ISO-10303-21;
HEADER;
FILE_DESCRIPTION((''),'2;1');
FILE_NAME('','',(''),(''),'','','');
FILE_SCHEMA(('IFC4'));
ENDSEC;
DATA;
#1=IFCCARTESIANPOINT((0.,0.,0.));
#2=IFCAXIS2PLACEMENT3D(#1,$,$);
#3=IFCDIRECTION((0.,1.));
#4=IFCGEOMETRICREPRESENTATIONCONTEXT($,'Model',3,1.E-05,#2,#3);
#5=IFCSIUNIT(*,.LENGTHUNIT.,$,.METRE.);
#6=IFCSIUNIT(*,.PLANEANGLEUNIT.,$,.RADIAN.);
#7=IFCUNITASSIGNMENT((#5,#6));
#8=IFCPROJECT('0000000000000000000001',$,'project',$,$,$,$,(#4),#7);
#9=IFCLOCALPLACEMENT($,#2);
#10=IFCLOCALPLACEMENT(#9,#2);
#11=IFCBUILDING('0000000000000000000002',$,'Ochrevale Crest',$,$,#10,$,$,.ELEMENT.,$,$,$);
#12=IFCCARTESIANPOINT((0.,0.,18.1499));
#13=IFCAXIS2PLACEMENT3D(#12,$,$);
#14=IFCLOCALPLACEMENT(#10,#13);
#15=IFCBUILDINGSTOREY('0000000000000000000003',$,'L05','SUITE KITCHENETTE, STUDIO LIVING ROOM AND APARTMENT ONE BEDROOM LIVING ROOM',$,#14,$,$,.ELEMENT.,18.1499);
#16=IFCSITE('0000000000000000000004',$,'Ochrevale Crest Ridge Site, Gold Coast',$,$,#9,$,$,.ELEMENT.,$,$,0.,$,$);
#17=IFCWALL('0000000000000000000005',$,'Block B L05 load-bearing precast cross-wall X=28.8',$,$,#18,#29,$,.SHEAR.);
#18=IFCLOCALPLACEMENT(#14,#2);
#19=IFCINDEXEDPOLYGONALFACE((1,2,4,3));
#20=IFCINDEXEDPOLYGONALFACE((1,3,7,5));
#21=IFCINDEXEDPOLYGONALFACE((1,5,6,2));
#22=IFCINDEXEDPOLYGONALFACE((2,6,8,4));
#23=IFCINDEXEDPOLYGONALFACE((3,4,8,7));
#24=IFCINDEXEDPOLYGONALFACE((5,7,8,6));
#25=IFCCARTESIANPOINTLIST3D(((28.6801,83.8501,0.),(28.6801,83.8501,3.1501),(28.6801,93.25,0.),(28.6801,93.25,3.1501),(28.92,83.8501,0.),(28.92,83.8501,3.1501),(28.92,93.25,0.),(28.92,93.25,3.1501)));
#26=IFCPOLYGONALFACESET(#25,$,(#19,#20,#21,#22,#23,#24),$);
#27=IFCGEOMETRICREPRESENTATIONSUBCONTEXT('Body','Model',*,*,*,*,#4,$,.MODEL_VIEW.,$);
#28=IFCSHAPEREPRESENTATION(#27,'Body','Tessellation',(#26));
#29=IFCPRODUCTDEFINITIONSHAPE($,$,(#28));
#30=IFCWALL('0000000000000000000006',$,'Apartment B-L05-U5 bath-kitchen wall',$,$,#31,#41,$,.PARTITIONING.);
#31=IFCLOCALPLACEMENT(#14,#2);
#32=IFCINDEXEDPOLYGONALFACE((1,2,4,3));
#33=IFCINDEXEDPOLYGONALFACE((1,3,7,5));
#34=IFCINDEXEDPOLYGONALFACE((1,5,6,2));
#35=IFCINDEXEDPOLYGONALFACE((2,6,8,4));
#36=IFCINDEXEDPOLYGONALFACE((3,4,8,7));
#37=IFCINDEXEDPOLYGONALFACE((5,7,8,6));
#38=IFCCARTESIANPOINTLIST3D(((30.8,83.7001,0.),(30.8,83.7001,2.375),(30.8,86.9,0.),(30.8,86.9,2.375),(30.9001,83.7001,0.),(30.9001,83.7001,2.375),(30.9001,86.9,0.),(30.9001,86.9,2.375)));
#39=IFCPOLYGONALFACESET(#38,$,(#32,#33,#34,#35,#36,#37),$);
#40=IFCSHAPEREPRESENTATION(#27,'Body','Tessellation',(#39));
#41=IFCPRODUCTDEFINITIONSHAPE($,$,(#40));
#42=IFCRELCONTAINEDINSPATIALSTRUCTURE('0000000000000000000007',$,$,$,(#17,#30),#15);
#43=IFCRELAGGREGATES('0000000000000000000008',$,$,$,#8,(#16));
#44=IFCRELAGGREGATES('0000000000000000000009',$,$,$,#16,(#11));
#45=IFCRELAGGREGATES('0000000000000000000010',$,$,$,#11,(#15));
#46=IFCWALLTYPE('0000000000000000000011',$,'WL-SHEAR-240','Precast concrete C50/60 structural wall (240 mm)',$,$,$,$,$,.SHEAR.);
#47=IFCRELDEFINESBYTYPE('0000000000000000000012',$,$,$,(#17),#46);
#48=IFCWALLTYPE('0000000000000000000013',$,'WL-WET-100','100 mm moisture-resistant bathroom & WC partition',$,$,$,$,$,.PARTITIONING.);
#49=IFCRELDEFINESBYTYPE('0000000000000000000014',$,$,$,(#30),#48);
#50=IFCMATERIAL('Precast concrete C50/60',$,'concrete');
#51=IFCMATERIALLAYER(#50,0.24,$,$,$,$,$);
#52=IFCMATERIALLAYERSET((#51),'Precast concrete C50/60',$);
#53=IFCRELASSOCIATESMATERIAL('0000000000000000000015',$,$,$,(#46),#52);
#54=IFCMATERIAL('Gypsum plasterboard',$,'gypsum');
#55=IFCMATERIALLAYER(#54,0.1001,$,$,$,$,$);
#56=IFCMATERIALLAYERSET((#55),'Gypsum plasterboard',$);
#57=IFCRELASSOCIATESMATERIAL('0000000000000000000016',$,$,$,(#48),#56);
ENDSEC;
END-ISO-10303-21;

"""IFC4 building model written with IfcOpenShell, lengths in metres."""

from ifc_helpers import new_model, si_unit, direction, frame, frame_2d, origin, place, context, subcontext, project, spatial, rectangle, extrude, material, layer, layer_set, type_object, element, save


model = new_model("IFC4")

# Units and contexts
model_context = context("Model", 3, precision=1e-05, world=origin(), true_north=direction((0.0, 1.0)))
body_context = subcontext(model_context, "Body", "Model", "MODEL_VIEW")
ifc_project = project(units=[si_unit("LENGTHUNIT", "METRE"), si_unit("PLANEANGLEUNIT", "RADIAN")], contexts=[model_context])

# Site, building, storey
site_placement = place(None, origin())
site = spatial("IfcSite", under=ifc_project, at=site_placement, Name="Ochrevale Crest Ridge Site, Gold Coast", CompositionType="ELEMENT", RefElevation=0.0)
building_placement = place(site_placement, origin())
building = spatial("IfcBuilding", under=site, at=building_placement, Name="Ochrevale Crest", CompositionType="ELEMENT")
storey_placement = place(building_placement, frame((0.0, 0.0, 18.1499)))
storey = spatial("IfcBuildingStorey", under=building, at=storey_placement, Name="L05", Description="SUITE KITCHENETTE, STUDIO LIVING ROOM AND APARTMENT ONE BEDROOM LIVING ROOM", CompositionType="ELEMENT", Elevation=18.1499)

# Shared definitions
ifc_material_1 = material(Name="Precast concrete C50/60", Category="concrete")

# Shared definitions
ifc_material_2 = material(Name="Gypsum plasterboard", Category="gypsum")

# Walls
ifc_layer_1 = layer(ifc_material_1, 0.24)
ifc_layer_set_1 = layer_set([ifc_layer_1], Name="Precast concrete C50/60")
wall_type_1 = type_object("IfcWallType", Name="WL-SHEAR-240", Description="Precast concrete C50/60 structural wall (240 mm)", PredefinedType="SHEAR", material=ifc_layer_set_1)
wall_1_placement = place(storey_placement, frame((28.8, 83.8501, 0.0), z_axis=(0.0, 0.0, 1.0), x_axis=(0.0, 1.0, 0.0)))
element("IfcWall", 1, at=wall_1_placement, inside=storey, type_object=wall_type_1, Name="Block B L05 load-bearing precast cross-wall X=28.8", PredefinedType="SHEAR", context=body_context, shape_type="SweptSolid", body=[
    extrude(rectangle(XDim=9.3999, YDim=0.24, at=frame_2d((4.7, 0.0))), origin(), (0.0, 0.0, 1.0), 3.1501),
])
ifc_layer_2 = layer(ifc_material_2, 0.1001)
ifc_layer_set_2 = layer_set([ifc_layer_2], Name="Gypsum plasterboard")
wall_type_2 = type_object("IfcWallType", Name="WL-WET-100", Description="100 mm moisture-resistant bathroom & WC partition", PredefinedType="PARTITIONING", material=ifc_layer_set_2)
wall_2_placement = place(storey_placement, frame((30.8501, 83.7, 0.0), z_axis=(0.0, 0.0, 1.0), x_axis=(0.0, 1.0, 0.0)))
element("IfcWall", 2, at=wall_2_placement, inside=storey, type_object=wall_type_2, Name="Apartment B-L05-U5 bath-kitchen wall", PredefinedType="PARTITIONING", context=body_context, shape_type="SweptSolid", body=[
    extrude(rectangle(XDim=3.2, YDim=0.1001, at=frame_2d((1.6001, 0.0))), origin(), (0.0, 0.0, 1.0), 2.375),
])

save(model, "model.ifc")
